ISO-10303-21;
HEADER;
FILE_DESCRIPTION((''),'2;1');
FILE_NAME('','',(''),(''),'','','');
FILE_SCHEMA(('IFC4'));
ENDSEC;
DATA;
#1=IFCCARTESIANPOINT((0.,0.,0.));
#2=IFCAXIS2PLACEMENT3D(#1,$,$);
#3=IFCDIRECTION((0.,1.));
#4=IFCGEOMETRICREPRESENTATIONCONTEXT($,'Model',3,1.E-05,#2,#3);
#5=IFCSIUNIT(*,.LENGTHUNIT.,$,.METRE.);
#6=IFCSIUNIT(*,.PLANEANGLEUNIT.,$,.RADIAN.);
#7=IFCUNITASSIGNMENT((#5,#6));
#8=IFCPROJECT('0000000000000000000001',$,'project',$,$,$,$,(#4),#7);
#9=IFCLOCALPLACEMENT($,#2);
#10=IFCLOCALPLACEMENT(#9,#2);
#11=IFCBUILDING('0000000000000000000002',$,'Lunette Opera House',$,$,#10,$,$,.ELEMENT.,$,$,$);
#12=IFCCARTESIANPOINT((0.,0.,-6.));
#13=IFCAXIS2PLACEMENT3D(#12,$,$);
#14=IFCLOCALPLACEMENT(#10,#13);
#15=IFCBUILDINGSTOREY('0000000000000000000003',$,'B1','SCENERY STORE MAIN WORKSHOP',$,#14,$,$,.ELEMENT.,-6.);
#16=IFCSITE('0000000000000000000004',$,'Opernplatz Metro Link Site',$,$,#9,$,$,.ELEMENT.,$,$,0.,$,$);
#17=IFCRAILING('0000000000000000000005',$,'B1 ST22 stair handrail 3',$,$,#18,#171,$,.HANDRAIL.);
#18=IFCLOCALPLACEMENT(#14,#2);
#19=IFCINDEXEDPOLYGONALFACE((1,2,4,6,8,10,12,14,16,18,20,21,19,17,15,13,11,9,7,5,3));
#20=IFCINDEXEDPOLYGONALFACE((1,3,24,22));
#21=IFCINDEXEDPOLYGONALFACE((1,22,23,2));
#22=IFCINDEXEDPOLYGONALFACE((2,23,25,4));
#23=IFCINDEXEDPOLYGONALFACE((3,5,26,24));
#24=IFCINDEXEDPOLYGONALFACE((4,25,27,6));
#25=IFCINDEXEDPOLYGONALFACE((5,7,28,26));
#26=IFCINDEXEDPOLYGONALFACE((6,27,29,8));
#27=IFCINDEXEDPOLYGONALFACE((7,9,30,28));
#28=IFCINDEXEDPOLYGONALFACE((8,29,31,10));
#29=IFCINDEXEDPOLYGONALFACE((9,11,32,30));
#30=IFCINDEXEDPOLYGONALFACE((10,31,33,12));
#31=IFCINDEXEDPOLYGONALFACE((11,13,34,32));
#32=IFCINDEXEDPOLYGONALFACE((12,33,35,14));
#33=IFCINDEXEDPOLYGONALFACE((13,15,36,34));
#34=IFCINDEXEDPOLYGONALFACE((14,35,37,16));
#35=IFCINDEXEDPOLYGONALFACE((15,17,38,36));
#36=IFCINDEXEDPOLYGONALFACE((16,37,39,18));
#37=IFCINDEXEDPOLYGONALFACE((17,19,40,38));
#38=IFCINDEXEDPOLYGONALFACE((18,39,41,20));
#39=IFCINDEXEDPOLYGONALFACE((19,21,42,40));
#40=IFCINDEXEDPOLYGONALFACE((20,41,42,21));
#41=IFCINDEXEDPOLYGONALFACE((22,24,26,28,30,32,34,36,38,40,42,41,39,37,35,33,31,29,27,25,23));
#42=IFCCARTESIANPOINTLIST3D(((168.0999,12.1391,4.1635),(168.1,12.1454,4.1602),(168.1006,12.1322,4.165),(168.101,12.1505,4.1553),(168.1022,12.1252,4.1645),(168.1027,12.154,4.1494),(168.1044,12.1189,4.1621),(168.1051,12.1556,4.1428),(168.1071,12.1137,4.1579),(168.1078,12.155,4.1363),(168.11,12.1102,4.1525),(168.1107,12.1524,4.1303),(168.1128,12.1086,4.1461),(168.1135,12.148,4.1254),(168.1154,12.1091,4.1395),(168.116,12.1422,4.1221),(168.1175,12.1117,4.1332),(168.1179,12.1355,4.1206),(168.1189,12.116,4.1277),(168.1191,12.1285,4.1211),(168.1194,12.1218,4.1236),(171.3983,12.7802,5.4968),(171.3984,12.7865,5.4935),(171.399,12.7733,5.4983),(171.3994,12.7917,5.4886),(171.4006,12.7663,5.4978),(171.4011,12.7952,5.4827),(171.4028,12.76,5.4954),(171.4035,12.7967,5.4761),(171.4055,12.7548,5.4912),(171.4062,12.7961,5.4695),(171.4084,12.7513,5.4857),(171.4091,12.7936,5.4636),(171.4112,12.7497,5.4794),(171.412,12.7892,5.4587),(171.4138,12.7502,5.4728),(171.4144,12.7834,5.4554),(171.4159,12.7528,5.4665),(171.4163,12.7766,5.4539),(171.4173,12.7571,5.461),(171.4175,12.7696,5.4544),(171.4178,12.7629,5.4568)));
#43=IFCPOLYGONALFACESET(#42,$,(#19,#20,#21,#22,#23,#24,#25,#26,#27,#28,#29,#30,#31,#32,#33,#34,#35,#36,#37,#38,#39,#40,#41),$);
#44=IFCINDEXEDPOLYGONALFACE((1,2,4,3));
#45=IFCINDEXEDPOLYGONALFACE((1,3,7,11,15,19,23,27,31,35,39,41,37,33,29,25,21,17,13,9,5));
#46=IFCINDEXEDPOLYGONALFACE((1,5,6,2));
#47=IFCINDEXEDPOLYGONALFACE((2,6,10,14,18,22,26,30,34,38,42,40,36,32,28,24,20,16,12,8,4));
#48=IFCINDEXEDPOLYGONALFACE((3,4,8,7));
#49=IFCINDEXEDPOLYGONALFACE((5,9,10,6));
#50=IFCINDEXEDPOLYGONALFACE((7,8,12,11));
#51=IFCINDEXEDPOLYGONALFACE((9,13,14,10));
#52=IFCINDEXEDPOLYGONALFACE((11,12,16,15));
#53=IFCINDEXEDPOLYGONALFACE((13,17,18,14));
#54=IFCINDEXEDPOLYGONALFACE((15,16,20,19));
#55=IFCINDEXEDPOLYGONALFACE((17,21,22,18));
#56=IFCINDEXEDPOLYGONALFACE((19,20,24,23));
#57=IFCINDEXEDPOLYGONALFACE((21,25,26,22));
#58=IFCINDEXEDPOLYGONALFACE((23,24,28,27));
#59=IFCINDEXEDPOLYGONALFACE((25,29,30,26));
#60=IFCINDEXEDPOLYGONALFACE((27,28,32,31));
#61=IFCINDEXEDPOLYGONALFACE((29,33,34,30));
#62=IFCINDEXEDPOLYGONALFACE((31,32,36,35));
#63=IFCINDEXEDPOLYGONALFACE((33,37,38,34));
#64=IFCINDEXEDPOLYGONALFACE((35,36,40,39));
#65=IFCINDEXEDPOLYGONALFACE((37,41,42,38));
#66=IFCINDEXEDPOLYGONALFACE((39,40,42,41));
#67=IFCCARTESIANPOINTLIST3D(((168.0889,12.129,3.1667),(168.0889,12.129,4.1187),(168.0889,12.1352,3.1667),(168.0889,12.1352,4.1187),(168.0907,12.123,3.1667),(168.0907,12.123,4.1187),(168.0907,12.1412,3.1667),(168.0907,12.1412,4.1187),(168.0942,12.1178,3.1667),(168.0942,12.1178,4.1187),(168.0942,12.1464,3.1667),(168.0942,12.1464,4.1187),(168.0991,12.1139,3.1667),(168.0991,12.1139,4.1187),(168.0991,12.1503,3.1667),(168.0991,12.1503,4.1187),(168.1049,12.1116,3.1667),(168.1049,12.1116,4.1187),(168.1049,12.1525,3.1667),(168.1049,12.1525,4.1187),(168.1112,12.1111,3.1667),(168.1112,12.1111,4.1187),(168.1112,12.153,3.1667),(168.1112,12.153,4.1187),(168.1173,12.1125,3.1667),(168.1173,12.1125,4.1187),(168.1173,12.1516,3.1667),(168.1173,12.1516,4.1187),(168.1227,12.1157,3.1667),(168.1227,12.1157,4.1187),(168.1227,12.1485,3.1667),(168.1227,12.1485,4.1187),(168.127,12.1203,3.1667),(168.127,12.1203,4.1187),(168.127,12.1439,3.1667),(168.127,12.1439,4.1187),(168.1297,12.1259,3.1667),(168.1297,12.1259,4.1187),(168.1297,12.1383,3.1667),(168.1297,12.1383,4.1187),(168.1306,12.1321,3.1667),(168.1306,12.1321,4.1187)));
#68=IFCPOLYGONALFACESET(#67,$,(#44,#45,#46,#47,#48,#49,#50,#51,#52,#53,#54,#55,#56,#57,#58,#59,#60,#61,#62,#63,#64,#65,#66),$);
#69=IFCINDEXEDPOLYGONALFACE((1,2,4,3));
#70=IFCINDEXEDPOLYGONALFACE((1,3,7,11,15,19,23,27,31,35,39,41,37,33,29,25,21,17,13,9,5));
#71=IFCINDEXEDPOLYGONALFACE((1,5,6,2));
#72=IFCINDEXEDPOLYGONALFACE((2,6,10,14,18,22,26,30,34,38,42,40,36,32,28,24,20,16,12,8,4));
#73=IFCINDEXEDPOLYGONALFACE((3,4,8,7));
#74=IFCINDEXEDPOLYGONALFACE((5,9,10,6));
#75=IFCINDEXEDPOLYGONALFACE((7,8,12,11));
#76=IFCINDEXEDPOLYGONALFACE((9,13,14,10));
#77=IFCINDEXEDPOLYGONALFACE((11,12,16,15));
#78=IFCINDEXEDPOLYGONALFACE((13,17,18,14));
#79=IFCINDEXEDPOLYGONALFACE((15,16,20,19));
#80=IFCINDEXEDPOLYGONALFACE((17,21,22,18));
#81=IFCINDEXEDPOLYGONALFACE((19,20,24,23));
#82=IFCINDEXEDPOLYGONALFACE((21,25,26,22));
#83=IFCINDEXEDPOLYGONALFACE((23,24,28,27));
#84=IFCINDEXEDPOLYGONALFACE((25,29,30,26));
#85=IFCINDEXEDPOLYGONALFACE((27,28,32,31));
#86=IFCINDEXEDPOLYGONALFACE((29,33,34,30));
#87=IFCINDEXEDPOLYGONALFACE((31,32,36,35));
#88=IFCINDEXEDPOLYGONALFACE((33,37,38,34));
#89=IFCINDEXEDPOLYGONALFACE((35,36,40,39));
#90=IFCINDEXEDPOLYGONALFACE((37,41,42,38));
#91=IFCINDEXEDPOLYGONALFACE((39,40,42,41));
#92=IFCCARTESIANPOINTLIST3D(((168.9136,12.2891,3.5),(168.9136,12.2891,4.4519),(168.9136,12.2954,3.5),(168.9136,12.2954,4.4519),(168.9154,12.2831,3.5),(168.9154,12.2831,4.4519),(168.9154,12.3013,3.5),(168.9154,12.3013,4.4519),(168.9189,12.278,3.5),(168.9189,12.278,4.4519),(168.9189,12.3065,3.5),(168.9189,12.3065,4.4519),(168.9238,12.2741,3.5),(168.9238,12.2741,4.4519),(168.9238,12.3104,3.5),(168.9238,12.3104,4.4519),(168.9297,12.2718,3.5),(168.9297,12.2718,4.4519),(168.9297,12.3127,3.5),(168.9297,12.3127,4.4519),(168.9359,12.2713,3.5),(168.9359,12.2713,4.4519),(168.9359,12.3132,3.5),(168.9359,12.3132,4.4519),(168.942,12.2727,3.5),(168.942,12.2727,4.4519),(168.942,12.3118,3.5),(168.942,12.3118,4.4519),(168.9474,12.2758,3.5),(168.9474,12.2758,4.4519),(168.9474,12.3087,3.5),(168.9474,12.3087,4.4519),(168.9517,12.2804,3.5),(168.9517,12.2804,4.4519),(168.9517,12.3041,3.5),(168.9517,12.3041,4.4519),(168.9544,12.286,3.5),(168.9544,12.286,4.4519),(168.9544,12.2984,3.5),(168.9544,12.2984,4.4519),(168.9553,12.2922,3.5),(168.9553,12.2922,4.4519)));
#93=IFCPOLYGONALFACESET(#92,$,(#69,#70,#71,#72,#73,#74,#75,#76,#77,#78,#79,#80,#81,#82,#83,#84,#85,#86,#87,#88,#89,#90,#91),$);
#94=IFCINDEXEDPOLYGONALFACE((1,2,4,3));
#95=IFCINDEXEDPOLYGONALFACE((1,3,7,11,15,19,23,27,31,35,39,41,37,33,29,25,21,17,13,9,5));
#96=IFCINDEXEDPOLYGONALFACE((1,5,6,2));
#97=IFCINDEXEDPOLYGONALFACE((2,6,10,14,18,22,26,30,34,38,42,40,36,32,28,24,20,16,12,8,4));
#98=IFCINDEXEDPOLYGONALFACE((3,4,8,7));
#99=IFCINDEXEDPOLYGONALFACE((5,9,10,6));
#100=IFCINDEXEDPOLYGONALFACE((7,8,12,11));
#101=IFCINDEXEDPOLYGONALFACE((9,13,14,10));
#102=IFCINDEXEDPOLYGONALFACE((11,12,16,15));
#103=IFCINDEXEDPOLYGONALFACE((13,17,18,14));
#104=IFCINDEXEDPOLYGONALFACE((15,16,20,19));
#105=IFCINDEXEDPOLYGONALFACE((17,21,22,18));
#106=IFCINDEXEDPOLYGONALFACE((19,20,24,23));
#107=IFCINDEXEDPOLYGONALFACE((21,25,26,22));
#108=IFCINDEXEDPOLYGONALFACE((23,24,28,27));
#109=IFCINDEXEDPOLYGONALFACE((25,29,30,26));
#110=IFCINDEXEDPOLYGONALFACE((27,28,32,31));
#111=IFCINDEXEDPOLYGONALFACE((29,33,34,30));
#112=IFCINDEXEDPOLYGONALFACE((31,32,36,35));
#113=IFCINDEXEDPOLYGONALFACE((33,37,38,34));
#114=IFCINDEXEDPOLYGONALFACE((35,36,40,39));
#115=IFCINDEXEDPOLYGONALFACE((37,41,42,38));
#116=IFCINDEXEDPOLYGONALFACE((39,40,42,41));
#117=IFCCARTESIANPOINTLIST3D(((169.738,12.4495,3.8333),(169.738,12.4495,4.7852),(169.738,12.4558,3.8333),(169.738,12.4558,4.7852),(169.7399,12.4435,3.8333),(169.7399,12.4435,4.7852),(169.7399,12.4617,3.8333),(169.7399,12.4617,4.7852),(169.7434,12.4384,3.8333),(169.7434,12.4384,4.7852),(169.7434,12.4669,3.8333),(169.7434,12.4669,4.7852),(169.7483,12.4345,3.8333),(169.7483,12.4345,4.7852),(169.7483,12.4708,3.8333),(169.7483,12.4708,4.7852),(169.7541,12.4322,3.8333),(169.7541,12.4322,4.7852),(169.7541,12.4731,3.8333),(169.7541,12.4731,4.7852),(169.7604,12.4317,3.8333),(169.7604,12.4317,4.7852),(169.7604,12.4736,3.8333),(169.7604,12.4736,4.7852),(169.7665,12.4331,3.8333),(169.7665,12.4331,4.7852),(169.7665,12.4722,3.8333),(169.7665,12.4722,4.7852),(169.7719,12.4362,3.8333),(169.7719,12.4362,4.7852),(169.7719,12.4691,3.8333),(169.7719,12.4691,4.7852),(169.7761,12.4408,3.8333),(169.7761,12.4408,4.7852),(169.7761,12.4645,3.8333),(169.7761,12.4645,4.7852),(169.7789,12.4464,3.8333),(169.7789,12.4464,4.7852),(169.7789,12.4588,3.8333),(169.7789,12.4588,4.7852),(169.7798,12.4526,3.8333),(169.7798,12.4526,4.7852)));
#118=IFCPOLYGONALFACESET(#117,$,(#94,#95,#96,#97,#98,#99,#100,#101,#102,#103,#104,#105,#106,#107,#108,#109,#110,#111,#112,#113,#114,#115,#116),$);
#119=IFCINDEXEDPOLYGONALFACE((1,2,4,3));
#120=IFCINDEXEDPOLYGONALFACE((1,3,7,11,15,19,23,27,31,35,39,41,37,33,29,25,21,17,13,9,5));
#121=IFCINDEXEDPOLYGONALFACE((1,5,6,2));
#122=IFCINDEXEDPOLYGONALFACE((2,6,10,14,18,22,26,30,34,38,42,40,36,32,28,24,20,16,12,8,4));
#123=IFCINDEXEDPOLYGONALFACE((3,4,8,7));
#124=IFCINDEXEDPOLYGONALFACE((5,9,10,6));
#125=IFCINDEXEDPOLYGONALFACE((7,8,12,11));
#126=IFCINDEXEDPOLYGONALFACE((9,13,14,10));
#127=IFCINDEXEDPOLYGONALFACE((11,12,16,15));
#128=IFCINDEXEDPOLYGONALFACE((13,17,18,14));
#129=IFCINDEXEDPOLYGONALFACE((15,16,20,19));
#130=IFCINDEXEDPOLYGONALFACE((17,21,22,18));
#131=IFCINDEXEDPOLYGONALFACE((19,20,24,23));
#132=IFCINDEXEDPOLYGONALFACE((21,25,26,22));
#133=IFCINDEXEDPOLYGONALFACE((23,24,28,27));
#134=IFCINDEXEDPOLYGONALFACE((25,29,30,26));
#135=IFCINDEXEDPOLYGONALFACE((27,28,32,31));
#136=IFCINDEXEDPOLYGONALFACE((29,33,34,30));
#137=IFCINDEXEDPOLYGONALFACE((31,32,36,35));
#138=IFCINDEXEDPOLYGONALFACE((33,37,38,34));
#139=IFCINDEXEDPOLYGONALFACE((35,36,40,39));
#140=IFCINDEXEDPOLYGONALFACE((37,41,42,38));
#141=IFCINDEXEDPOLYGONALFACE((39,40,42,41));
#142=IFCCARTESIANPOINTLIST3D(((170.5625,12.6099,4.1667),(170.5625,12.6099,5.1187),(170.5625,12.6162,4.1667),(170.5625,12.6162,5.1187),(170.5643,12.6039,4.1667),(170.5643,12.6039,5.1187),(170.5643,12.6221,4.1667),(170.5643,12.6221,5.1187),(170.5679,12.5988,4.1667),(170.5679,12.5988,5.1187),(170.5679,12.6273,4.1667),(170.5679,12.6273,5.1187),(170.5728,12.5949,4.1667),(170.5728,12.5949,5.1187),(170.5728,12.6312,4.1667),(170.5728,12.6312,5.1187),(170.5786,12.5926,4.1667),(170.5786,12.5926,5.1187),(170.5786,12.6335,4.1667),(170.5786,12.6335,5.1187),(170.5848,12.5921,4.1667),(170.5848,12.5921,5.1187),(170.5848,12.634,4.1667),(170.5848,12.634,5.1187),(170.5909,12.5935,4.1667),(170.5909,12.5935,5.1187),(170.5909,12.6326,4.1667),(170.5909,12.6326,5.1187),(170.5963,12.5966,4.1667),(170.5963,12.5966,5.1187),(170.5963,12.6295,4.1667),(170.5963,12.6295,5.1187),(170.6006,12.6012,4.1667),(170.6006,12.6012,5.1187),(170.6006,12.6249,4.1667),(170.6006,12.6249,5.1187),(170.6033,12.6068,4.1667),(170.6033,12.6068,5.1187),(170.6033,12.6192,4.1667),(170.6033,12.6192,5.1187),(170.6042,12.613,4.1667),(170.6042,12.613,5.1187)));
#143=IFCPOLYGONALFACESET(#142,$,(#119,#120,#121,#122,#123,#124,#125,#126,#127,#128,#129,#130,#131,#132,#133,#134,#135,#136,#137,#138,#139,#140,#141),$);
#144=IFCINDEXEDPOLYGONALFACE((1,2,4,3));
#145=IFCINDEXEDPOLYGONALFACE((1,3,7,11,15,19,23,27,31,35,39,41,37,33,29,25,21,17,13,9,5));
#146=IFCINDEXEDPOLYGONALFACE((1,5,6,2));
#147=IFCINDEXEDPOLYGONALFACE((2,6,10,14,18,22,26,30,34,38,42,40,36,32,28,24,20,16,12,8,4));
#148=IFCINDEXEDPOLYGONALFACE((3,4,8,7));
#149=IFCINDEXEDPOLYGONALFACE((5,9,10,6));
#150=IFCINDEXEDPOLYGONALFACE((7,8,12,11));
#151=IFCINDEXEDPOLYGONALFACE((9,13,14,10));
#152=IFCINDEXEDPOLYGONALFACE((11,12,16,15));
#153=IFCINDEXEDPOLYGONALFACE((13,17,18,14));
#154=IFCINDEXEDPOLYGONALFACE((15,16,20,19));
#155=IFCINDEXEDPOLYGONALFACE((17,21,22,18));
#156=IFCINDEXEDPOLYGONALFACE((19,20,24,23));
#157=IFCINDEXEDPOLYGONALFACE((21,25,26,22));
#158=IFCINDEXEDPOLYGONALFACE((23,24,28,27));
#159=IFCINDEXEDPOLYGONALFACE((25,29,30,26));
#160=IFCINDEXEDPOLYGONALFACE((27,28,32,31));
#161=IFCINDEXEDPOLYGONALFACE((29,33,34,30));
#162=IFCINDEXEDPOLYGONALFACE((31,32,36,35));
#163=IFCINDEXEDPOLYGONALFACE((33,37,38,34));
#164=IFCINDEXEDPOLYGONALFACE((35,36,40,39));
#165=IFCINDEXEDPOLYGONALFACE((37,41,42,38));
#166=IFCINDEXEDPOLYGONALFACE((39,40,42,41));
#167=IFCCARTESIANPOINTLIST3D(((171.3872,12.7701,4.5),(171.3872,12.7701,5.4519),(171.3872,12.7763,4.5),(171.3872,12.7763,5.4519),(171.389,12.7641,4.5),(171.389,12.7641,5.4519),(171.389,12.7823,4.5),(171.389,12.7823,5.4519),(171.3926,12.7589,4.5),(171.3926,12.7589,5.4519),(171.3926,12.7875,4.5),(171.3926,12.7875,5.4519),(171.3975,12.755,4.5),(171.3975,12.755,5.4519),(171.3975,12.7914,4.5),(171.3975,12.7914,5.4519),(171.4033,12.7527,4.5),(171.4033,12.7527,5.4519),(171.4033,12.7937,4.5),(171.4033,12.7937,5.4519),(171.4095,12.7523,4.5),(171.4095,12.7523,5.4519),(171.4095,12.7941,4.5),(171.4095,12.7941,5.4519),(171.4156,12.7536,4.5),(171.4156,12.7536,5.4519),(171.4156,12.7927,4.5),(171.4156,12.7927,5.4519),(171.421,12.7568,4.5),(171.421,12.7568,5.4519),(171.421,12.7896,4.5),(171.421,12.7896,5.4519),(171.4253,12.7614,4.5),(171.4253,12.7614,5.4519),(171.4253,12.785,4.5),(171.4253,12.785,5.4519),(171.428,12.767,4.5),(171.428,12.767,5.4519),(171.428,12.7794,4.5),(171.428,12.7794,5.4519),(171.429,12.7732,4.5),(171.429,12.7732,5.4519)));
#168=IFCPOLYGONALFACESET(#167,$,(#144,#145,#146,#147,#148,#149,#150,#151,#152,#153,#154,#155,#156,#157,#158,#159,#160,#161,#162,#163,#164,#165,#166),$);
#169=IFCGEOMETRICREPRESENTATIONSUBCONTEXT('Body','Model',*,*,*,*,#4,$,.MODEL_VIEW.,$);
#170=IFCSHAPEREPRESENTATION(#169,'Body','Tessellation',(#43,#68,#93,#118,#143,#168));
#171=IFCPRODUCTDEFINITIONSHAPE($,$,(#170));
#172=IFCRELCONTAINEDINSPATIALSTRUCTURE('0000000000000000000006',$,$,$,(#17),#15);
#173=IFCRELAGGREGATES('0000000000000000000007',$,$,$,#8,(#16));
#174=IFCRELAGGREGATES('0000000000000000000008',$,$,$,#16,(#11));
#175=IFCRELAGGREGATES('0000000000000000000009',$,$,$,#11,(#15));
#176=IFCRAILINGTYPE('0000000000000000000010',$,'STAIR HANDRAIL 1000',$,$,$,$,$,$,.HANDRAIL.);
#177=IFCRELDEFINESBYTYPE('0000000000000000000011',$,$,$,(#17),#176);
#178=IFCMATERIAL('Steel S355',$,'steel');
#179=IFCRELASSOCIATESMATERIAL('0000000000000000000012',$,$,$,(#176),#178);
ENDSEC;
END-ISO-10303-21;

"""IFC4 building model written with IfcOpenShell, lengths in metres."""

from ifc_helpers import new_model, si_unit, direction, frame, origin, origin_2d, place, context, subcontext, project, spatial, circle, extrude, material, type_object, element, save


model = new_model("IFC4")

# Units and contexts
model_context = context("Model", 3, precision=1e-05, world=origin(), true_north=direction((0.0, 1.0)))
body_context = subcontext(model_context, "Body", "Model", "MODEL_VIEW")
ifc_project = project(units=[si_unit("LENGTHUNIT", "METRE"), si_unit("PLANEANGLEUNIT", "RADIAN")], contexts=[model_context])

# Site, building, storey
site_placement = place(None, origin())
site = spatial("IfcSite", under=ifc_project, at=site_placement, Name="Opernplatz Metro Link Site", CompositionType="ELEMENT", RefElevation=0.0)
building_placement = place(site_placement, origin())
building = spatial("IfcBuilding", under=site, at=building_placement, Name="Lunette Opera House", CompositionType="ELEMENT")
storey_placement = place(building_placement, frame((0.0, 0.0, -6.0)))
storey = spatial("IfcBuildingStorey", under=building, at=storey_placement, Name="B1", Description="SCENERY STORE MAIN WORKSHOP", CompositionType="ELEMENT", Elevation=-6.0)

# Railing
ifc_material_1 = material(Name="Steel S355", Category="steel")
railing_type_1 = type_object("IfcRailingType", Name="STAIR HANDRAIL 1000", PredefinedType="HANDRAIL", material=ifc_material_1)
for number, where, name in (
    (1, (168.1096, 12.1321, 3.1667), "B1 ST22 stair handrail 3"),
):
    element("IfcRailing", number, at=place(storey_placement, frame(where)), inside=storey, type_object=railing_type_1, Name=name, PredefinedType="HANDRAIL", context=body_context, shape_type="SweptSolid", body=[
        extrude(circle(Radius=0.0239, at=origin_2d()), frame((0.0, 0.0, 0.9761), z_axis=(0.912425, 0.177352, 0.368819), x_axis=(-0.190804, 0.981628, 0.0)), (0.0, 0.0, 1.0), 3.615),
        extrude(circle(Radius=0.021, at=origin_2d()), origin(), (0.0, 0.0, 1.0), 0.9519),
        extrude(circle(Radius=0.021, at=origin_2d()), frame((0.8247, 0.1602, 0.3333)), (0.0, 0.0, 1.0), 0.9519),
        extrude(circle(Radius=0.021, at=origin_2d()), frame((1.6492, 0.3206, 0.6665)), (0.0, 0.0, 1.0), 0.9519),
        extrude(circle(Radius=0.021, at=origin_2d()), frame((2.4736, 0.481, 1.0)), (0.0, 0.0, 1.0), 0.9519),
        extrude(circle(Radius=0.021, at=origin_2d()), frame((3.2983, 0.6411, 1.3333)), (0.0, 0.0, 1.0), 0.9519),
    ])

save(model, "model.ifc")
